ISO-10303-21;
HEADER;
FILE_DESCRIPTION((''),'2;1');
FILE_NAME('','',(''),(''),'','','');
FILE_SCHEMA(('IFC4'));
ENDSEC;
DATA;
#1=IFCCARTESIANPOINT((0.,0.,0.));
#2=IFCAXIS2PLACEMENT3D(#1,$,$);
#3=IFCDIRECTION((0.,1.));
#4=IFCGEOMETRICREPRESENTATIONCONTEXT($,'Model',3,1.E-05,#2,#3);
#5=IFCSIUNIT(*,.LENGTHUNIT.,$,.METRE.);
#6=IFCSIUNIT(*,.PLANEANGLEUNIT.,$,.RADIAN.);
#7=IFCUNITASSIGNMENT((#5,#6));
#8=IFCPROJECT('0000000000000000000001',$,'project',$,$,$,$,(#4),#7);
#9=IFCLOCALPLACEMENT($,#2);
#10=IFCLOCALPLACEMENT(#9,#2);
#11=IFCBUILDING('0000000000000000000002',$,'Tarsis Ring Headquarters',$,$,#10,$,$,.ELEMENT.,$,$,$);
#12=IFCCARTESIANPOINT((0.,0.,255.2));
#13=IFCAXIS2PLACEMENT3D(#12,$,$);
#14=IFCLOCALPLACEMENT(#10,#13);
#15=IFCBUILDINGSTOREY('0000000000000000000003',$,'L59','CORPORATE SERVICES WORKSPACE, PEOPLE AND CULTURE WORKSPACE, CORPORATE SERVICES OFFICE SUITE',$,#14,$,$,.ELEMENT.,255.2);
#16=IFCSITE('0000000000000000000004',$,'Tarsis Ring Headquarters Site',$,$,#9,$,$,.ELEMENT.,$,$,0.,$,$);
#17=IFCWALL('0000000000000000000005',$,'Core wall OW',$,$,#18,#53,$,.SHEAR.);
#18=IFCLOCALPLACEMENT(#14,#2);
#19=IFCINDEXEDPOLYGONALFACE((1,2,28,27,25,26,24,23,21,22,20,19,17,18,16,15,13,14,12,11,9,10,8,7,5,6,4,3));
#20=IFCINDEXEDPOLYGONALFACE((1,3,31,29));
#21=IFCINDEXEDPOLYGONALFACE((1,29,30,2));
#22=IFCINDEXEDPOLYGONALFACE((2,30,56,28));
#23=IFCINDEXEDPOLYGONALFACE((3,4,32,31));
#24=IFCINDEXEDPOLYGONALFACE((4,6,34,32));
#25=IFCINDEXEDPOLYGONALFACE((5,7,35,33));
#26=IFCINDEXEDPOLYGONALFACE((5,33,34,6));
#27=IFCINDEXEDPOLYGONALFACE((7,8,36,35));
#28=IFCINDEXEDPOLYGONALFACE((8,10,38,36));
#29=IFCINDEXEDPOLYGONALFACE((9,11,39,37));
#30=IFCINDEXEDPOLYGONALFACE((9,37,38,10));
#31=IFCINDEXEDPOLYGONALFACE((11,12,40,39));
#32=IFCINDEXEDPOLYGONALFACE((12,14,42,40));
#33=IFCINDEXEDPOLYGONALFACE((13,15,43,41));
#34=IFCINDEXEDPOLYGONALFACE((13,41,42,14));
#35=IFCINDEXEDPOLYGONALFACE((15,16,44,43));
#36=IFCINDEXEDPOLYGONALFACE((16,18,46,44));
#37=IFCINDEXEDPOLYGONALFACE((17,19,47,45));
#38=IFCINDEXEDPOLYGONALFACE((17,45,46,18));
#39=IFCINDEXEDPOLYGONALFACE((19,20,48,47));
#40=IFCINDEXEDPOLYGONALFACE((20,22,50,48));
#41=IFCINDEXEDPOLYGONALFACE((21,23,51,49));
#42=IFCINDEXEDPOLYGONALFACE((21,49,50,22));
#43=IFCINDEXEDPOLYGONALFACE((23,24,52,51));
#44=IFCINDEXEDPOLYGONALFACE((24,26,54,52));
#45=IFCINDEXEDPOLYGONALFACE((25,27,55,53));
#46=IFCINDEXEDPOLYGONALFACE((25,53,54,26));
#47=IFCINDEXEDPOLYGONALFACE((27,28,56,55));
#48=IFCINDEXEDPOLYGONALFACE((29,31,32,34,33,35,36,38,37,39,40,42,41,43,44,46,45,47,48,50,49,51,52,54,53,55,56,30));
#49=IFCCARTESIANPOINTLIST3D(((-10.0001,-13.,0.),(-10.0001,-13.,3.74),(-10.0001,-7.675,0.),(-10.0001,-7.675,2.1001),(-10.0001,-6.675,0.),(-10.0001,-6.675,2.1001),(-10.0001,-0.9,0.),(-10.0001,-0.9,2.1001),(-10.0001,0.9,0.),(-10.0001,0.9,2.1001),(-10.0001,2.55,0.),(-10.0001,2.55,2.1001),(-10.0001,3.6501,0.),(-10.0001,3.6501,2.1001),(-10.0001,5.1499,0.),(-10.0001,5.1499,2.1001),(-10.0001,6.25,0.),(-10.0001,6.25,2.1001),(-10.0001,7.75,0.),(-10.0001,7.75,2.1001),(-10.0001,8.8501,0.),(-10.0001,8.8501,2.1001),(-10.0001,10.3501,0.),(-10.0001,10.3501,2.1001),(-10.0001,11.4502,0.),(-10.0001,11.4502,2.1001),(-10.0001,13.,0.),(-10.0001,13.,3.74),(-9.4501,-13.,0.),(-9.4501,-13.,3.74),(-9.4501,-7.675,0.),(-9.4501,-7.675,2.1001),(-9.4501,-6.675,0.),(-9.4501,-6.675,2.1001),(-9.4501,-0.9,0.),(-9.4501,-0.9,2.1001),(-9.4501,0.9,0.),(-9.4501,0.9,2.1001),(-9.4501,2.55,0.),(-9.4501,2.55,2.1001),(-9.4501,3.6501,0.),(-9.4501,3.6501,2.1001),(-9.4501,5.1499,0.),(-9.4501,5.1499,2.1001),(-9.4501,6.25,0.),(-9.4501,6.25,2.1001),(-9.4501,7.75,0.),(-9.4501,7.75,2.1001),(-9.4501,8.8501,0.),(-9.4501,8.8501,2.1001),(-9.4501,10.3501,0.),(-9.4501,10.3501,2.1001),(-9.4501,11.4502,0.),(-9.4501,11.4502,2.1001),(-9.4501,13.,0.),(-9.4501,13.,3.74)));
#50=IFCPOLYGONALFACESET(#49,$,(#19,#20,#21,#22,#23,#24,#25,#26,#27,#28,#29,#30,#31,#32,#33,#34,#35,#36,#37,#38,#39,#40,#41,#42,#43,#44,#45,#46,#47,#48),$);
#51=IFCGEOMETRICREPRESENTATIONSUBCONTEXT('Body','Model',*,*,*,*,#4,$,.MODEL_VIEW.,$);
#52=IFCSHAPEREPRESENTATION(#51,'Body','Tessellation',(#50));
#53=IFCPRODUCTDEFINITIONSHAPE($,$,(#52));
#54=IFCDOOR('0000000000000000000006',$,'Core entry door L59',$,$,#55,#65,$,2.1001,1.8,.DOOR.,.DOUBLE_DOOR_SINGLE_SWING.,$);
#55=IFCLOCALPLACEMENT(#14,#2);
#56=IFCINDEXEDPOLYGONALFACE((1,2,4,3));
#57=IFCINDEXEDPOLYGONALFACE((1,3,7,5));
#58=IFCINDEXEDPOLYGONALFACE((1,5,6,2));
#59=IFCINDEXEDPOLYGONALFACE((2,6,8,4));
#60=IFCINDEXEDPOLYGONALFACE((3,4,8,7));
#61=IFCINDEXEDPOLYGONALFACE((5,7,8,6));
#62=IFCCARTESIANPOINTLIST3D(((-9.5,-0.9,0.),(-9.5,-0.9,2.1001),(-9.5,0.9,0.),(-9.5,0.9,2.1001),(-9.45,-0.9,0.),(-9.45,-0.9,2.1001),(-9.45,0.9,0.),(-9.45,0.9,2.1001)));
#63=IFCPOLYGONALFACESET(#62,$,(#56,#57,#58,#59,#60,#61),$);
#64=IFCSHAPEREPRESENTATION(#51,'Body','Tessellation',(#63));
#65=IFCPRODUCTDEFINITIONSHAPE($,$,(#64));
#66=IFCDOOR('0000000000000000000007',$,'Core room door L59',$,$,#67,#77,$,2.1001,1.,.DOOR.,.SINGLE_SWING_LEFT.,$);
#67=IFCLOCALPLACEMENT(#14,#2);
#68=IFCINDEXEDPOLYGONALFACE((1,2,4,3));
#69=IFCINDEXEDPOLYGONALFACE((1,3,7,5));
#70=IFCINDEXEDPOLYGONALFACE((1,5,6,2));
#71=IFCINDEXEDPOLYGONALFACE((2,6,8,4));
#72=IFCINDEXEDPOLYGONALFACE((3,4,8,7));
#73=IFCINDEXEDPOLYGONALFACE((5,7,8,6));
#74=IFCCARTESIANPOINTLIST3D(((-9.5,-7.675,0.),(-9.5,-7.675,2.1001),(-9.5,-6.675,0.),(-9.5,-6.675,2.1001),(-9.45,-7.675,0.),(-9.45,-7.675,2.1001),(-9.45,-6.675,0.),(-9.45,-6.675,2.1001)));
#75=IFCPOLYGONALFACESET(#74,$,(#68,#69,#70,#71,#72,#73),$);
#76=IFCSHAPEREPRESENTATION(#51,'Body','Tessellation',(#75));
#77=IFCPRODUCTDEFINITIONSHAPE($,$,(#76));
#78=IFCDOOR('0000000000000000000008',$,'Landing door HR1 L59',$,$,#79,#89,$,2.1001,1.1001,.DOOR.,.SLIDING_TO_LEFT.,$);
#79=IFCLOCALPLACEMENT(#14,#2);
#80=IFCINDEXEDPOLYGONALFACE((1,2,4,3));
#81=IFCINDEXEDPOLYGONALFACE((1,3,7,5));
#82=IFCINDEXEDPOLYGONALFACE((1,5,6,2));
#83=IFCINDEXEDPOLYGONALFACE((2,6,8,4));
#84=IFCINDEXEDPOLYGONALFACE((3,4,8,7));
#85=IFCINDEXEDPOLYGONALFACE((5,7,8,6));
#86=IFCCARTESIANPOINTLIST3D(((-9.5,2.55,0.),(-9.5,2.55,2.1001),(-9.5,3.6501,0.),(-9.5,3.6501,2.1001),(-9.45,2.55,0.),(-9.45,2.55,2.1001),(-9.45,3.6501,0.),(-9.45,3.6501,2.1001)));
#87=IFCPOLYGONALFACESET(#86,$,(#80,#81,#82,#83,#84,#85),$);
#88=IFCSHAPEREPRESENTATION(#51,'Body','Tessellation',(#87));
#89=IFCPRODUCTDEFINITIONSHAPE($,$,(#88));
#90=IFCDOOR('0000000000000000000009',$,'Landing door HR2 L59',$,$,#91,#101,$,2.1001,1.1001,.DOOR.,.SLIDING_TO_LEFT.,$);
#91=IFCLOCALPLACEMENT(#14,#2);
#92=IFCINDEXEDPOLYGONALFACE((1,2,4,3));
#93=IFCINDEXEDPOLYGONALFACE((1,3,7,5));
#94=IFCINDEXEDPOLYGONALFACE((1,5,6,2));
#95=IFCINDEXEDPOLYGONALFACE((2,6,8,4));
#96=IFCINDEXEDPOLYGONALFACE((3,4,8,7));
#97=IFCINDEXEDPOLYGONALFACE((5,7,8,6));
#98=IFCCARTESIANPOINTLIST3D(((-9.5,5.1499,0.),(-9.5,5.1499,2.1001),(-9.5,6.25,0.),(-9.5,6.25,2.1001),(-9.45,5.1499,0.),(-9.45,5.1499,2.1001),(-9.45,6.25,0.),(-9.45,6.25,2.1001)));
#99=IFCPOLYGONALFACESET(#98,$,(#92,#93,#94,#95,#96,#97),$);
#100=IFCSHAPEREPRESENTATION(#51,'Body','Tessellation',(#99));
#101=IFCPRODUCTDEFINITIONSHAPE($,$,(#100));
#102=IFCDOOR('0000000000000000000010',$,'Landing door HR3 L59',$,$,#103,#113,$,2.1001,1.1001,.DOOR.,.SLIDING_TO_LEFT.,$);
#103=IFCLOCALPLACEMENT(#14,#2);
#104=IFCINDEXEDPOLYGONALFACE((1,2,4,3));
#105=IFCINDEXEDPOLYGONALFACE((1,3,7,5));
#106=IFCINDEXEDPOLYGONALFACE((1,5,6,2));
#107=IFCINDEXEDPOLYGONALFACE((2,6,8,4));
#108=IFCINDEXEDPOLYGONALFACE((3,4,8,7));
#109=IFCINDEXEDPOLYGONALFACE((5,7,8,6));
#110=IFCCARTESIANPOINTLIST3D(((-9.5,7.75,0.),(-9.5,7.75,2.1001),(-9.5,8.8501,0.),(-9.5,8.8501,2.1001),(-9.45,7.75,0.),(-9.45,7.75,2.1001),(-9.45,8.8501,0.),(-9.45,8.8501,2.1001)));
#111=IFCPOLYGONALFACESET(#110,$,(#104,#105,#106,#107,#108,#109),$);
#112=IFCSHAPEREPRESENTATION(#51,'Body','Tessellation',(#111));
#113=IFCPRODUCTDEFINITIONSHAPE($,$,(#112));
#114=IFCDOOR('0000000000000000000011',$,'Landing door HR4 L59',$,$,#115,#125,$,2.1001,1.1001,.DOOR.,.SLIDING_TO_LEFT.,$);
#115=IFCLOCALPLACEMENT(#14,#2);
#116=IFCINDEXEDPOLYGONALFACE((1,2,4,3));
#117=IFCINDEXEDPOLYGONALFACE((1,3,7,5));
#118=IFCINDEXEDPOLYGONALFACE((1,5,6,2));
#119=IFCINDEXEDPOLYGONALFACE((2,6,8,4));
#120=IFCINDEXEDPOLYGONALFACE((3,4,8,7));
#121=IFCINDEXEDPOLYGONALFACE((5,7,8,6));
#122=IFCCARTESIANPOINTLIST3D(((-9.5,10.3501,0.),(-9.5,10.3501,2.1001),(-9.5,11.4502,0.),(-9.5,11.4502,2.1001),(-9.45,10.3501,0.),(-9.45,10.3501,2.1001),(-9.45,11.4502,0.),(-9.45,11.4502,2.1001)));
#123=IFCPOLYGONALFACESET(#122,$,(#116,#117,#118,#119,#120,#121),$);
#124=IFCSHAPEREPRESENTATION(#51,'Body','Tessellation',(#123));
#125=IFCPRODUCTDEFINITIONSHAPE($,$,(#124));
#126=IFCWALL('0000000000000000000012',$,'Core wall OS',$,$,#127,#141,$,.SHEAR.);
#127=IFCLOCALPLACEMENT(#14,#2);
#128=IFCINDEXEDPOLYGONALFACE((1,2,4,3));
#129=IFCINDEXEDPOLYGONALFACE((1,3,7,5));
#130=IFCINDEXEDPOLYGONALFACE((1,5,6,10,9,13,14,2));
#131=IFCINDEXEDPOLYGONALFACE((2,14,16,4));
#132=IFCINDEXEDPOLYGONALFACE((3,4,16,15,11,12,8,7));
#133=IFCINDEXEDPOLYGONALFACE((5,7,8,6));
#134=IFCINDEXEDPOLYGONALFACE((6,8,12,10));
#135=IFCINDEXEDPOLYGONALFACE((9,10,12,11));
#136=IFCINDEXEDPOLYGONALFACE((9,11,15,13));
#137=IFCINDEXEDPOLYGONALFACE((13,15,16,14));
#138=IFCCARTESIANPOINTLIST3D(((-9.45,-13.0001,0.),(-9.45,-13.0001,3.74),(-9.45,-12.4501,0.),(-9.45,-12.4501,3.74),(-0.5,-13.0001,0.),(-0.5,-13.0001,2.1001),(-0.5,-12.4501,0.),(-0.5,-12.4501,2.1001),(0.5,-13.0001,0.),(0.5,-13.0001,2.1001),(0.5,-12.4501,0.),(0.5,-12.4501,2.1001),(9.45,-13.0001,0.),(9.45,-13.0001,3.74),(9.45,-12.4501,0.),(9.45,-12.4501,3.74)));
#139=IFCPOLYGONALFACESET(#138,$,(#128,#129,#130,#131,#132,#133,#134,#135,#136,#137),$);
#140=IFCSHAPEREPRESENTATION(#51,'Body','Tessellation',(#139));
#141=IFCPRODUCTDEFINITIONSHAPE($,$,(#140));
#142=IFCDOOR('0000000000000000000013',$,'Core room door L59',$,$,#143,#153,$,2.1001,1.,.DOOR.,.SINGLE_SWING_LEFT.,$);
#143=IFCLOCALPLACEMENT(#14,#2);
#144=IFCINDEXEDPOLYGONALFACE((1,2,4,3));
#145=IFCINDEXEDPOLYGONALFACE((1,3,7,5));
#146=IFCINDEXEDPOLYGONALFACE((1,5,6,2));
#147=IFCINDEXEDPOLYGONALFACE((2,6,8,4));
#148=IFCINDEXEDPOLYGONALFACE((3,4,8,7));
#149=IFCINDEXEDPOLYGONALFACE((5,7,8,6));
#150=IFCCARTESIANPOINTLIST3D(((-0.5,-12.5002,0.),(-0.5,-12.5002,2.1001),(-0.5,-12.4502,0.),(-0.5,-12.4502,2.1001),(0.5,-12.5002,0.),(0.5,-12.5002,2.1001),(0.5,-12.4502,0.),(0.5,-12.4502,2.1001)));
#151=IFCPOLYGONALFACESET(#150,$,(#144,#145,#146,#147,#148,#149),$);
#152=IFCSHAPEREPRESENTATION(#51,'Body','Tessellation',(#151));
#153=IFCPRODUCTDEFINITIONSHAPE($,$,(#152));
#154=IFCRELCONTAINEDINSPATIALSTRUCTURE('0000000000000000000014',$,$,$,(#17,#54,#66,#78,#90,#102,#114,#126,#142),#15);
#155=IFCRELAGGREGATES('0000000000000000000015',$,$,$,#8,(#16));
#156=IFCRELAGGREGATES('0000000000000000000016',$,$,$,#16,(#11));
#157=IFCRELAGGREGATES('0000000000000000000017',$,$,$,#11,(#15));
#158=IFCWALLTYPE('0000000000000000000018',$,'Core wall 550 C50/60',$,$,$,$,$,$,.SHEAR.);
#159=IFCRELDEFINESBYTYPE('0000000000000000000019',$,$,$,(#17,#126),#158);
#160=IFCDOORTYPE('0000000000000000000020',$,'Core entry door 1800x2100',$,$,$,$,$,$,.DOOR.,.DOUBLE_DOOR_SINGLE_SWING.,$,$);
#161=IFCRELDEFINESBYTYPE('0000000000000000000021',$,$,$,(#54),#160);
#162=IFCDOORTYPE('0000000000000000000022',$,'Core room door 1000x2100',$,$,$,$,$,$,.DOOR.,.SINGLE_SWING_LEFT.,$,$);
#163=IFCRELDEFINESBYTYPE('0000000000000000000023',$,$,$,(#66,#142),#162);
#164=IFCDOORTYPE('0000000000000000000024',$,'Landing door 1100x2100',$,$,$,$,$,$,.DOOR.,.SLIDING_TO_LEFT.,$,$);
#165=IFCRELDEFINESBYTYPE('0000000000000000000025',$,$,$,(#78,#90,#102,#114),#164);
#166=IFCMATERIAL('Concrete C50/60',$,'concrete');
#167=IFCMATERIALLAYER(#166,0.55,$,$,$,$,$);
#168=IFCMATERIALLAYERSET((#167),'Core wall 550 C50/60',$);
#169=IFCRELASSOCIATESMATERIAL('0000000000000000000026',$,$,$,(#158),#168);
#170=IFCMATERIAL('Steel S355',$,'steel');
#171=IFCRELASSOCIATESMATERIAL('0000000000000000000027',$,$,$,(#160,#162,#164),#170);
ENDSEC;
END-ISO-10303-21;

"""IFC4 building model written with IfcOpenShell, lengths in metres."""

from ifc_helpers import new_model, si_unit, direction, frame, frame_2d, origin, place, context, subcontext, project, spatial, rectangle, extrude, material, layer, layer_set, type_object, element, fill, save


model = new_model("IFC4")

# Units and contexts
model_context = context("Model", 3, precision=1e-05, world=origin(), true_north=direction((0.0, 1.0)))
body_context = subcontext(model_context, "Body", "Model", "MODEL_VIEW")
ifc_project = project(units=[si_unit("LENGTHUNIT", "METRE"), si_unit("PLANEANGLEUNIT", "RADIAN")], contexts=[model_context])

# Site, building, storey
site_placement = place(None, origin())
site = spatial("IfcSite", under=ifc_project, at=site_placement, Name="Tarsis Ring Headquarters Site", CompositionType="ELEMENT", RefElevation=0.0)
building_placement = place(site_placement, origin())
building = spatial("IfcBuilding", under=site, at=building_placement, Name="Tarsis Ring Headquarters", CompositionType="ELEMENT")
storey_placement = place(building_placement, frame((0.0, 0.0, 255.2)))
storey = spatial("IfcBuildingStorey", under=building, at=storey_placement, Name="L59", Description="CORPORATE SERVICES WORKSPACE, PEOPLE AND CULTURE WORKSPACE, CORPORATE SERVICES OFFICE SUITE", CompositionType="ELEMENT", Elevation=255.2)

# Wall, openings, doors
ifc_material_1 = material(Name="Concrete C50/60", Category="concrete")
ifc_layer_1 = layer(ifc_material_1, 0.55)
ifc_layer_set_1 = layer_set([ifc_layer_1], Name="Core wall 550 C50/60")
wall_type_1 = type_object("IfcWallType", Name="Core wall 550 C50/60", PredefinedType="SHEAR", material=ifc_layer_set_1)
wall_1_placement = place(storey_placement, frame((-9.7251, -13.0, 0.0), z_axis=(0.0, 0.0, 1.0), x_axis=(0.0, 1.0, 0.0)))
wall_1 = element("IfcWall", 1, at=wall_1_placement, inside=storey, type_object=wall_type_1, Name="Core wall OW", PredefinedType="SHEAR", context=body_context, shape_type="SweptSolid", body=[
    extrude(rectangle(XDim=26.0, YDim=0.55, at=frame_2d((13.0, 0.0))), origin(), (0.0, 0.0, 1.0), 3.74),
])
opening_1_placement = place(wall_1_placement, frame((5.325, 0.0, 0.0)))
opening_1 = element("IfcOpeningElement", 2, at=opening_1_placement, cuts=wall_1, PredefinedType="OPENING", context=body_context, shape_type="SweptSolid", body=[
    extrude(rectangle(XDim=1.0, YDim=2.1001, at=frame_2d((0.5, 1.05))), frame((0.0, 0.2849, 0.0), z_axis=(0.0, -1.0, 0.0), x_axis=(1.0, 0.0, 0.0)), (0.0, 0.0, 1.0), 0.5701),
])
opening_2_placement = place(wall_1_placement, frame((12.1001, 0.0, 0.0)))
opening_2 = element("IfcOpeningElement", 3, at=opening_2_placement, cuts=wall_1, PredefinedType="OPENING", context=body_context, shape_type="SweptSolid", body=[
    extrude(rectangle(XDim=1.8, YDim=2.1001, at=frame_2d((0.8999, 1.05))), frame((0.0, 0.2849, 0.0), z_axis=(0.0, -1.0, 0.0), x_axis=(1.0, 0.0, 0.0)), (0.0, 0.0, 1.0), 0.5701),
])
opening_3_placement = place(wall_1_placement, frame((15.55, 0.0, 0.0)))
opening_3 = element("IfcOpeningElement", 4, at=opening_3_placement, cuts=wall_1, PredefinedType="OPENING", context=body_context, shape_type="SweptSolid", body=[
    extrude(rectangle(XDim=1.1001, YDim=2.1001, at=frame_2d((0.55, 1.05))), frame((0.0, 0.2849, 0.0), z_axis=(0.0, -1.0, 0.0), x_axis=(1.0, 0.0, 0.0)), (0.0, 0.0, 1.0), 0.5701),
])
opening_4_placement = place(wall_1_placement, frame((18.1499, 0.0, 0.0)))
opening_4 = element("IfcOpeningElement", 5, at=opening_4_placement, cuts=wall_1, PredefinedType="OPENING", context=body_context, shape_type="SweptSolid", body=[
    extrude(rectangle(XDim=1.1001, YDim=2.1001, at=frame_2d((0.55, 1.05))), frame((0.0, 0.2849, 0.0), z_axis=(0.0, -1.0, 0.0), x_axis=(1.0, 0.0, 0.0)), (0.0, 0.0, 1.0), 0.5701),
])
opening_5_placement = place(wall_1_placement, frame((20.75, 0.0, 0.0)))
opening_5 = element("IfcOpeningElement", 6, at=opening_5_placement, cuts=wall_1, PredefinedType="OPENING", context=body_context, shape_type="SweptSolid", body=[
    extrude(rectangle(XDim=1.1001, YDim=2.1001, at=frame_2d((0.55, 1.05))), frame((0.0, 0.2849, 0.0), z_axis=(0.0, -1.0, 0.0), x_axis=(1.0, 0.0, 0.0)), (0.0, 0.0, 1.0), 0.5701),
])
opening_6_placement = place(wall_1_placement, frame((23.3501, 0.0, 0.0)))
opening_6 = element("IfcOpeningElement", 7, at=opening_6_placement, cuts=wall_1, PredefinedType="OPENING", context=body_context, shape_type="SweptSolid", body=[
    extrude(rectangle(XDim=1.1001, YDim=2.1001, at=frame_2d((0.55, 1.05))), frame((0.0, 0.2849, 0.0), z_axis=(0.0, -1.0, 0.0), x_axis=(1.0, 0.0, 0.0)), (0.0, 0.0, 1.0), 0.5701),
])
ifc_material_2 = material(Name="Steel S355", Category="steel")
door_type_1 = type_object("IfcDoorType", Name="Core entry door 1800x2100", OperationType="DOUBLE_DOOR_SINGLE_SWING", PredefinedType="DOOR", material=ifc_material_2)
door_1_placement = place(opening_2_placement, origin())
door_1 = element("IfcDoor", 8, at=door_1_placement, inside=storey, type_object=door_type_1, Name="Core entry door L59", OperationType="DOUBLE_DOOR_SINGLE_SWING", OverallHeight=2.1001, OverallWidth=1.8, PredefinedType="DOOR", context=body_context, shape_type="SweptSolid", body=[
    extrude(rectangle(XDim=1.8, YDim=2.1001, at=frame_2d((0.8999, 1.05))), frame((0.0, -0.2251, 0.0), z_axis=(0.0, -1.0, 0.0), x_axis=(1.0, 0.0, 0.0)), (0.0, 0.0, 1.0), 0.05),
])
fill(opening_2, door_1)
door_type_2 = type_object("IfcDoorType", Name="Core room door 1000x2100", OperationType="SINGLE_SWING_LEFT", PredefinedType="DOOR", material=ifc_material_2)
door_2_placement = place(opening_1_placement, origin())
door_2 = element("IfcDoor", 9, at=door_2_placement, inside=storey, type_object=door_type_2, Name="Core room door L59", OperationType="SINGLE_SWING_LEFT", OverallHeight=2.1001, OverallWidth=1.0, PredefinedType="DOOR", context=body_context, shape_type="SweptSolid", body=[
    extrude(rectangle(XDim=1.0, YDim=2.1001, at=frame_2d((0.5, 1.05))), frame((0.0, -0.2251, 0.0), z_axis=(0.0, -1.0, 0.0), x_axis=(1.0, 0.0, 0.0)), (0.0, 0.0, 1.0), 0.05),
])
fill(opening_1, door_2)
door_type_3 = type_object("IfcDoorType", Name="Landing door 1100x2100", OperationType="SLIDING_TO_LEFT", PredefinedType="DOOR", material=ifc_material_2)
door_3_placement = place(opening_3_placement, origin())
door_3 = element("IfcDoor", 10, at=door_3_placement, inside=storey, type_object=door_type_3, Name="Landing door HR1 L59", OperationType="SLIDING_TO_LEFT", OverallHeight=2.1001, OverallWidth=1.1001, PredefinedType="DOOR", context=body_context, shape_type="SweptSolid", body=[
    extrude(rectangle(XDim=1.1001, YDim=2.1001, at=frame_2d((0.55, 1.05))), frame((0.0, -0.2251, 0.0), z_axis=(0.0, -1.0, 0.0), x_axis=(1.0, 0.0, 0.0)), (0.0, 0.0, 1.0), 0.05),
])
fill(opening_3, door_3)
door_4_placement = place(opening_4_placement, origin())
door_4 = element("IfcDoor", 11, at=door_4_placement, inside=storey, type_object=door_type_3, Name="Landing door HR2 L59", OperationType="SLIDING_TO_LEFT", OverallHeight=2.1001, OverallWidth=1.1001, PredefinedType="DOOR", context=body_context, shape_type="SweptSolid", body=[
    extrude(rectangle(XDim=1.1001, YDim=2.1001, at=frame_2d((0.55, 1.05))), frame((0.0, -0.2251, 0.0), z_axis=(0.0, -1.0, 0.0), x_axis=(1.0, 0.0, 0.0)), (0.0, 0.0, 1.0), 0.05),
])
fill(opening_4, door_4)
door_5_placement = place(opening_5_placement, origin())
door_5 = element("IfcDoor", 12, at=door_5_placement, inside=storey, type_object=door_type_3, Name="Landing door HR3 L59", OperationType="SLIDING_TO_LEFT", OverallHeight=2.1001, OverallWidth=1.1001, PredefinedType="DOOR", context=body_context, shape_type="SweptSolid", body=[
    extrude(rectangle(XDim=1.1001, YDim=2.1001, at=frame_2d((0.55, 1.05))), frame((0.0, -0.2251, 0.0), z_axis=(0.0, -1.0, 0.0), x_axis=(1.0, 0.0, 0.0)), (0.0, 0.0, 1.0), 0.05),
])
fill(opening_5, door_5)
door_6_placement = place(opening_6_placement, origin())
door_6 = element("IfcDoor", 13, at=door_6_placement, inside=storey, type_object=door_type_3, Name="Landing door HR4 L59", OperationType="SLIDING_TO_LEFT", OverallHeight=2.1001, OverallWidth=1.1001, PredefinedType="DOOR", context=body_context, shape_type="SweptSolid", body=[
    extrude(rectangle(XDim=1.1001, YDim=2.1001, at=frame_2d((0.55, 1.05))), frame((0.0, -0.2251, 0.0), z_axis=(0.0, -1.0, 0.0), x_axis=(1.0, 0.0, 0.0)), (0.0, 0.0, 1.0), 0.05),
])
fill(opening_6, door_6)

# Wall, opening, door
wall_2_placement = place(storey_placement, frame((-9.45, -12.7251, 0.0), z_axis=(0.0, 0.0, 1.0), x_axis=(1.0, 0.0, 0.0)))
wall_2 = element("IfcWall", 14, at=wall_2_placement, inside=storey, type_object=wall_type_1, Name="Core wall OS", PredefinedType="SHEAR", context=body_context, shape_type="SweptSolid", body=[
    extrude(rectangle(XDim=18.8999, YDim=0.55, at=frame_2d((9.45, 0.0))), origin(), (0.0, 0.0, 1.0), 3.74),
])
opening_7_placement = place(wall_2_placement, frame((8.95, 0.0, 0.0)))
opening_7 = element("IfcOpeningElement", 15, at=opening_7_placement, cuts=wall_2, PredefinedType="OPENING", context=body_context, shape_type="SweptSolid", body=[
    extrude(rectangle(XDim=1.0, YDim=2.1001, at=frame_2d((0.5, 1.05))), frame((0.0, 0.2849, 0.0), z_axis=(0.0, -1.0, 0.0), x_axis=(1.0, 0.0, 0.0)), (0.0, 0.0, 1.0), 0.5701),
])
door_7_placement = place(opening_7_placement, origin())
door_7 = element("IfcDoor", 16, at=door_7_placement, inside=storey, type_object=door_type_2, Name="Core room door L59", OperationType="SINGLE_SWING_LEFT", OverallHeight=2.1001, OverallWidth=1.0, PredefinedType="DOOR", context=body_context, shape_type="SweptSolid", body=[
    extrude(rectangle(XDim=1.0, YDim=2.1001, at=frame_2d((0.5, 1.05))), frame((0.0, 0.2749, 0.0), z_axis=(0.0, -1.0, 0.0), x_axis=(1.0, 0.0, 0.0)), (0.0, 0.0, 1.0), 0.05),
])
fill(opening_7, door_7)

save(model, "model.ifc")
